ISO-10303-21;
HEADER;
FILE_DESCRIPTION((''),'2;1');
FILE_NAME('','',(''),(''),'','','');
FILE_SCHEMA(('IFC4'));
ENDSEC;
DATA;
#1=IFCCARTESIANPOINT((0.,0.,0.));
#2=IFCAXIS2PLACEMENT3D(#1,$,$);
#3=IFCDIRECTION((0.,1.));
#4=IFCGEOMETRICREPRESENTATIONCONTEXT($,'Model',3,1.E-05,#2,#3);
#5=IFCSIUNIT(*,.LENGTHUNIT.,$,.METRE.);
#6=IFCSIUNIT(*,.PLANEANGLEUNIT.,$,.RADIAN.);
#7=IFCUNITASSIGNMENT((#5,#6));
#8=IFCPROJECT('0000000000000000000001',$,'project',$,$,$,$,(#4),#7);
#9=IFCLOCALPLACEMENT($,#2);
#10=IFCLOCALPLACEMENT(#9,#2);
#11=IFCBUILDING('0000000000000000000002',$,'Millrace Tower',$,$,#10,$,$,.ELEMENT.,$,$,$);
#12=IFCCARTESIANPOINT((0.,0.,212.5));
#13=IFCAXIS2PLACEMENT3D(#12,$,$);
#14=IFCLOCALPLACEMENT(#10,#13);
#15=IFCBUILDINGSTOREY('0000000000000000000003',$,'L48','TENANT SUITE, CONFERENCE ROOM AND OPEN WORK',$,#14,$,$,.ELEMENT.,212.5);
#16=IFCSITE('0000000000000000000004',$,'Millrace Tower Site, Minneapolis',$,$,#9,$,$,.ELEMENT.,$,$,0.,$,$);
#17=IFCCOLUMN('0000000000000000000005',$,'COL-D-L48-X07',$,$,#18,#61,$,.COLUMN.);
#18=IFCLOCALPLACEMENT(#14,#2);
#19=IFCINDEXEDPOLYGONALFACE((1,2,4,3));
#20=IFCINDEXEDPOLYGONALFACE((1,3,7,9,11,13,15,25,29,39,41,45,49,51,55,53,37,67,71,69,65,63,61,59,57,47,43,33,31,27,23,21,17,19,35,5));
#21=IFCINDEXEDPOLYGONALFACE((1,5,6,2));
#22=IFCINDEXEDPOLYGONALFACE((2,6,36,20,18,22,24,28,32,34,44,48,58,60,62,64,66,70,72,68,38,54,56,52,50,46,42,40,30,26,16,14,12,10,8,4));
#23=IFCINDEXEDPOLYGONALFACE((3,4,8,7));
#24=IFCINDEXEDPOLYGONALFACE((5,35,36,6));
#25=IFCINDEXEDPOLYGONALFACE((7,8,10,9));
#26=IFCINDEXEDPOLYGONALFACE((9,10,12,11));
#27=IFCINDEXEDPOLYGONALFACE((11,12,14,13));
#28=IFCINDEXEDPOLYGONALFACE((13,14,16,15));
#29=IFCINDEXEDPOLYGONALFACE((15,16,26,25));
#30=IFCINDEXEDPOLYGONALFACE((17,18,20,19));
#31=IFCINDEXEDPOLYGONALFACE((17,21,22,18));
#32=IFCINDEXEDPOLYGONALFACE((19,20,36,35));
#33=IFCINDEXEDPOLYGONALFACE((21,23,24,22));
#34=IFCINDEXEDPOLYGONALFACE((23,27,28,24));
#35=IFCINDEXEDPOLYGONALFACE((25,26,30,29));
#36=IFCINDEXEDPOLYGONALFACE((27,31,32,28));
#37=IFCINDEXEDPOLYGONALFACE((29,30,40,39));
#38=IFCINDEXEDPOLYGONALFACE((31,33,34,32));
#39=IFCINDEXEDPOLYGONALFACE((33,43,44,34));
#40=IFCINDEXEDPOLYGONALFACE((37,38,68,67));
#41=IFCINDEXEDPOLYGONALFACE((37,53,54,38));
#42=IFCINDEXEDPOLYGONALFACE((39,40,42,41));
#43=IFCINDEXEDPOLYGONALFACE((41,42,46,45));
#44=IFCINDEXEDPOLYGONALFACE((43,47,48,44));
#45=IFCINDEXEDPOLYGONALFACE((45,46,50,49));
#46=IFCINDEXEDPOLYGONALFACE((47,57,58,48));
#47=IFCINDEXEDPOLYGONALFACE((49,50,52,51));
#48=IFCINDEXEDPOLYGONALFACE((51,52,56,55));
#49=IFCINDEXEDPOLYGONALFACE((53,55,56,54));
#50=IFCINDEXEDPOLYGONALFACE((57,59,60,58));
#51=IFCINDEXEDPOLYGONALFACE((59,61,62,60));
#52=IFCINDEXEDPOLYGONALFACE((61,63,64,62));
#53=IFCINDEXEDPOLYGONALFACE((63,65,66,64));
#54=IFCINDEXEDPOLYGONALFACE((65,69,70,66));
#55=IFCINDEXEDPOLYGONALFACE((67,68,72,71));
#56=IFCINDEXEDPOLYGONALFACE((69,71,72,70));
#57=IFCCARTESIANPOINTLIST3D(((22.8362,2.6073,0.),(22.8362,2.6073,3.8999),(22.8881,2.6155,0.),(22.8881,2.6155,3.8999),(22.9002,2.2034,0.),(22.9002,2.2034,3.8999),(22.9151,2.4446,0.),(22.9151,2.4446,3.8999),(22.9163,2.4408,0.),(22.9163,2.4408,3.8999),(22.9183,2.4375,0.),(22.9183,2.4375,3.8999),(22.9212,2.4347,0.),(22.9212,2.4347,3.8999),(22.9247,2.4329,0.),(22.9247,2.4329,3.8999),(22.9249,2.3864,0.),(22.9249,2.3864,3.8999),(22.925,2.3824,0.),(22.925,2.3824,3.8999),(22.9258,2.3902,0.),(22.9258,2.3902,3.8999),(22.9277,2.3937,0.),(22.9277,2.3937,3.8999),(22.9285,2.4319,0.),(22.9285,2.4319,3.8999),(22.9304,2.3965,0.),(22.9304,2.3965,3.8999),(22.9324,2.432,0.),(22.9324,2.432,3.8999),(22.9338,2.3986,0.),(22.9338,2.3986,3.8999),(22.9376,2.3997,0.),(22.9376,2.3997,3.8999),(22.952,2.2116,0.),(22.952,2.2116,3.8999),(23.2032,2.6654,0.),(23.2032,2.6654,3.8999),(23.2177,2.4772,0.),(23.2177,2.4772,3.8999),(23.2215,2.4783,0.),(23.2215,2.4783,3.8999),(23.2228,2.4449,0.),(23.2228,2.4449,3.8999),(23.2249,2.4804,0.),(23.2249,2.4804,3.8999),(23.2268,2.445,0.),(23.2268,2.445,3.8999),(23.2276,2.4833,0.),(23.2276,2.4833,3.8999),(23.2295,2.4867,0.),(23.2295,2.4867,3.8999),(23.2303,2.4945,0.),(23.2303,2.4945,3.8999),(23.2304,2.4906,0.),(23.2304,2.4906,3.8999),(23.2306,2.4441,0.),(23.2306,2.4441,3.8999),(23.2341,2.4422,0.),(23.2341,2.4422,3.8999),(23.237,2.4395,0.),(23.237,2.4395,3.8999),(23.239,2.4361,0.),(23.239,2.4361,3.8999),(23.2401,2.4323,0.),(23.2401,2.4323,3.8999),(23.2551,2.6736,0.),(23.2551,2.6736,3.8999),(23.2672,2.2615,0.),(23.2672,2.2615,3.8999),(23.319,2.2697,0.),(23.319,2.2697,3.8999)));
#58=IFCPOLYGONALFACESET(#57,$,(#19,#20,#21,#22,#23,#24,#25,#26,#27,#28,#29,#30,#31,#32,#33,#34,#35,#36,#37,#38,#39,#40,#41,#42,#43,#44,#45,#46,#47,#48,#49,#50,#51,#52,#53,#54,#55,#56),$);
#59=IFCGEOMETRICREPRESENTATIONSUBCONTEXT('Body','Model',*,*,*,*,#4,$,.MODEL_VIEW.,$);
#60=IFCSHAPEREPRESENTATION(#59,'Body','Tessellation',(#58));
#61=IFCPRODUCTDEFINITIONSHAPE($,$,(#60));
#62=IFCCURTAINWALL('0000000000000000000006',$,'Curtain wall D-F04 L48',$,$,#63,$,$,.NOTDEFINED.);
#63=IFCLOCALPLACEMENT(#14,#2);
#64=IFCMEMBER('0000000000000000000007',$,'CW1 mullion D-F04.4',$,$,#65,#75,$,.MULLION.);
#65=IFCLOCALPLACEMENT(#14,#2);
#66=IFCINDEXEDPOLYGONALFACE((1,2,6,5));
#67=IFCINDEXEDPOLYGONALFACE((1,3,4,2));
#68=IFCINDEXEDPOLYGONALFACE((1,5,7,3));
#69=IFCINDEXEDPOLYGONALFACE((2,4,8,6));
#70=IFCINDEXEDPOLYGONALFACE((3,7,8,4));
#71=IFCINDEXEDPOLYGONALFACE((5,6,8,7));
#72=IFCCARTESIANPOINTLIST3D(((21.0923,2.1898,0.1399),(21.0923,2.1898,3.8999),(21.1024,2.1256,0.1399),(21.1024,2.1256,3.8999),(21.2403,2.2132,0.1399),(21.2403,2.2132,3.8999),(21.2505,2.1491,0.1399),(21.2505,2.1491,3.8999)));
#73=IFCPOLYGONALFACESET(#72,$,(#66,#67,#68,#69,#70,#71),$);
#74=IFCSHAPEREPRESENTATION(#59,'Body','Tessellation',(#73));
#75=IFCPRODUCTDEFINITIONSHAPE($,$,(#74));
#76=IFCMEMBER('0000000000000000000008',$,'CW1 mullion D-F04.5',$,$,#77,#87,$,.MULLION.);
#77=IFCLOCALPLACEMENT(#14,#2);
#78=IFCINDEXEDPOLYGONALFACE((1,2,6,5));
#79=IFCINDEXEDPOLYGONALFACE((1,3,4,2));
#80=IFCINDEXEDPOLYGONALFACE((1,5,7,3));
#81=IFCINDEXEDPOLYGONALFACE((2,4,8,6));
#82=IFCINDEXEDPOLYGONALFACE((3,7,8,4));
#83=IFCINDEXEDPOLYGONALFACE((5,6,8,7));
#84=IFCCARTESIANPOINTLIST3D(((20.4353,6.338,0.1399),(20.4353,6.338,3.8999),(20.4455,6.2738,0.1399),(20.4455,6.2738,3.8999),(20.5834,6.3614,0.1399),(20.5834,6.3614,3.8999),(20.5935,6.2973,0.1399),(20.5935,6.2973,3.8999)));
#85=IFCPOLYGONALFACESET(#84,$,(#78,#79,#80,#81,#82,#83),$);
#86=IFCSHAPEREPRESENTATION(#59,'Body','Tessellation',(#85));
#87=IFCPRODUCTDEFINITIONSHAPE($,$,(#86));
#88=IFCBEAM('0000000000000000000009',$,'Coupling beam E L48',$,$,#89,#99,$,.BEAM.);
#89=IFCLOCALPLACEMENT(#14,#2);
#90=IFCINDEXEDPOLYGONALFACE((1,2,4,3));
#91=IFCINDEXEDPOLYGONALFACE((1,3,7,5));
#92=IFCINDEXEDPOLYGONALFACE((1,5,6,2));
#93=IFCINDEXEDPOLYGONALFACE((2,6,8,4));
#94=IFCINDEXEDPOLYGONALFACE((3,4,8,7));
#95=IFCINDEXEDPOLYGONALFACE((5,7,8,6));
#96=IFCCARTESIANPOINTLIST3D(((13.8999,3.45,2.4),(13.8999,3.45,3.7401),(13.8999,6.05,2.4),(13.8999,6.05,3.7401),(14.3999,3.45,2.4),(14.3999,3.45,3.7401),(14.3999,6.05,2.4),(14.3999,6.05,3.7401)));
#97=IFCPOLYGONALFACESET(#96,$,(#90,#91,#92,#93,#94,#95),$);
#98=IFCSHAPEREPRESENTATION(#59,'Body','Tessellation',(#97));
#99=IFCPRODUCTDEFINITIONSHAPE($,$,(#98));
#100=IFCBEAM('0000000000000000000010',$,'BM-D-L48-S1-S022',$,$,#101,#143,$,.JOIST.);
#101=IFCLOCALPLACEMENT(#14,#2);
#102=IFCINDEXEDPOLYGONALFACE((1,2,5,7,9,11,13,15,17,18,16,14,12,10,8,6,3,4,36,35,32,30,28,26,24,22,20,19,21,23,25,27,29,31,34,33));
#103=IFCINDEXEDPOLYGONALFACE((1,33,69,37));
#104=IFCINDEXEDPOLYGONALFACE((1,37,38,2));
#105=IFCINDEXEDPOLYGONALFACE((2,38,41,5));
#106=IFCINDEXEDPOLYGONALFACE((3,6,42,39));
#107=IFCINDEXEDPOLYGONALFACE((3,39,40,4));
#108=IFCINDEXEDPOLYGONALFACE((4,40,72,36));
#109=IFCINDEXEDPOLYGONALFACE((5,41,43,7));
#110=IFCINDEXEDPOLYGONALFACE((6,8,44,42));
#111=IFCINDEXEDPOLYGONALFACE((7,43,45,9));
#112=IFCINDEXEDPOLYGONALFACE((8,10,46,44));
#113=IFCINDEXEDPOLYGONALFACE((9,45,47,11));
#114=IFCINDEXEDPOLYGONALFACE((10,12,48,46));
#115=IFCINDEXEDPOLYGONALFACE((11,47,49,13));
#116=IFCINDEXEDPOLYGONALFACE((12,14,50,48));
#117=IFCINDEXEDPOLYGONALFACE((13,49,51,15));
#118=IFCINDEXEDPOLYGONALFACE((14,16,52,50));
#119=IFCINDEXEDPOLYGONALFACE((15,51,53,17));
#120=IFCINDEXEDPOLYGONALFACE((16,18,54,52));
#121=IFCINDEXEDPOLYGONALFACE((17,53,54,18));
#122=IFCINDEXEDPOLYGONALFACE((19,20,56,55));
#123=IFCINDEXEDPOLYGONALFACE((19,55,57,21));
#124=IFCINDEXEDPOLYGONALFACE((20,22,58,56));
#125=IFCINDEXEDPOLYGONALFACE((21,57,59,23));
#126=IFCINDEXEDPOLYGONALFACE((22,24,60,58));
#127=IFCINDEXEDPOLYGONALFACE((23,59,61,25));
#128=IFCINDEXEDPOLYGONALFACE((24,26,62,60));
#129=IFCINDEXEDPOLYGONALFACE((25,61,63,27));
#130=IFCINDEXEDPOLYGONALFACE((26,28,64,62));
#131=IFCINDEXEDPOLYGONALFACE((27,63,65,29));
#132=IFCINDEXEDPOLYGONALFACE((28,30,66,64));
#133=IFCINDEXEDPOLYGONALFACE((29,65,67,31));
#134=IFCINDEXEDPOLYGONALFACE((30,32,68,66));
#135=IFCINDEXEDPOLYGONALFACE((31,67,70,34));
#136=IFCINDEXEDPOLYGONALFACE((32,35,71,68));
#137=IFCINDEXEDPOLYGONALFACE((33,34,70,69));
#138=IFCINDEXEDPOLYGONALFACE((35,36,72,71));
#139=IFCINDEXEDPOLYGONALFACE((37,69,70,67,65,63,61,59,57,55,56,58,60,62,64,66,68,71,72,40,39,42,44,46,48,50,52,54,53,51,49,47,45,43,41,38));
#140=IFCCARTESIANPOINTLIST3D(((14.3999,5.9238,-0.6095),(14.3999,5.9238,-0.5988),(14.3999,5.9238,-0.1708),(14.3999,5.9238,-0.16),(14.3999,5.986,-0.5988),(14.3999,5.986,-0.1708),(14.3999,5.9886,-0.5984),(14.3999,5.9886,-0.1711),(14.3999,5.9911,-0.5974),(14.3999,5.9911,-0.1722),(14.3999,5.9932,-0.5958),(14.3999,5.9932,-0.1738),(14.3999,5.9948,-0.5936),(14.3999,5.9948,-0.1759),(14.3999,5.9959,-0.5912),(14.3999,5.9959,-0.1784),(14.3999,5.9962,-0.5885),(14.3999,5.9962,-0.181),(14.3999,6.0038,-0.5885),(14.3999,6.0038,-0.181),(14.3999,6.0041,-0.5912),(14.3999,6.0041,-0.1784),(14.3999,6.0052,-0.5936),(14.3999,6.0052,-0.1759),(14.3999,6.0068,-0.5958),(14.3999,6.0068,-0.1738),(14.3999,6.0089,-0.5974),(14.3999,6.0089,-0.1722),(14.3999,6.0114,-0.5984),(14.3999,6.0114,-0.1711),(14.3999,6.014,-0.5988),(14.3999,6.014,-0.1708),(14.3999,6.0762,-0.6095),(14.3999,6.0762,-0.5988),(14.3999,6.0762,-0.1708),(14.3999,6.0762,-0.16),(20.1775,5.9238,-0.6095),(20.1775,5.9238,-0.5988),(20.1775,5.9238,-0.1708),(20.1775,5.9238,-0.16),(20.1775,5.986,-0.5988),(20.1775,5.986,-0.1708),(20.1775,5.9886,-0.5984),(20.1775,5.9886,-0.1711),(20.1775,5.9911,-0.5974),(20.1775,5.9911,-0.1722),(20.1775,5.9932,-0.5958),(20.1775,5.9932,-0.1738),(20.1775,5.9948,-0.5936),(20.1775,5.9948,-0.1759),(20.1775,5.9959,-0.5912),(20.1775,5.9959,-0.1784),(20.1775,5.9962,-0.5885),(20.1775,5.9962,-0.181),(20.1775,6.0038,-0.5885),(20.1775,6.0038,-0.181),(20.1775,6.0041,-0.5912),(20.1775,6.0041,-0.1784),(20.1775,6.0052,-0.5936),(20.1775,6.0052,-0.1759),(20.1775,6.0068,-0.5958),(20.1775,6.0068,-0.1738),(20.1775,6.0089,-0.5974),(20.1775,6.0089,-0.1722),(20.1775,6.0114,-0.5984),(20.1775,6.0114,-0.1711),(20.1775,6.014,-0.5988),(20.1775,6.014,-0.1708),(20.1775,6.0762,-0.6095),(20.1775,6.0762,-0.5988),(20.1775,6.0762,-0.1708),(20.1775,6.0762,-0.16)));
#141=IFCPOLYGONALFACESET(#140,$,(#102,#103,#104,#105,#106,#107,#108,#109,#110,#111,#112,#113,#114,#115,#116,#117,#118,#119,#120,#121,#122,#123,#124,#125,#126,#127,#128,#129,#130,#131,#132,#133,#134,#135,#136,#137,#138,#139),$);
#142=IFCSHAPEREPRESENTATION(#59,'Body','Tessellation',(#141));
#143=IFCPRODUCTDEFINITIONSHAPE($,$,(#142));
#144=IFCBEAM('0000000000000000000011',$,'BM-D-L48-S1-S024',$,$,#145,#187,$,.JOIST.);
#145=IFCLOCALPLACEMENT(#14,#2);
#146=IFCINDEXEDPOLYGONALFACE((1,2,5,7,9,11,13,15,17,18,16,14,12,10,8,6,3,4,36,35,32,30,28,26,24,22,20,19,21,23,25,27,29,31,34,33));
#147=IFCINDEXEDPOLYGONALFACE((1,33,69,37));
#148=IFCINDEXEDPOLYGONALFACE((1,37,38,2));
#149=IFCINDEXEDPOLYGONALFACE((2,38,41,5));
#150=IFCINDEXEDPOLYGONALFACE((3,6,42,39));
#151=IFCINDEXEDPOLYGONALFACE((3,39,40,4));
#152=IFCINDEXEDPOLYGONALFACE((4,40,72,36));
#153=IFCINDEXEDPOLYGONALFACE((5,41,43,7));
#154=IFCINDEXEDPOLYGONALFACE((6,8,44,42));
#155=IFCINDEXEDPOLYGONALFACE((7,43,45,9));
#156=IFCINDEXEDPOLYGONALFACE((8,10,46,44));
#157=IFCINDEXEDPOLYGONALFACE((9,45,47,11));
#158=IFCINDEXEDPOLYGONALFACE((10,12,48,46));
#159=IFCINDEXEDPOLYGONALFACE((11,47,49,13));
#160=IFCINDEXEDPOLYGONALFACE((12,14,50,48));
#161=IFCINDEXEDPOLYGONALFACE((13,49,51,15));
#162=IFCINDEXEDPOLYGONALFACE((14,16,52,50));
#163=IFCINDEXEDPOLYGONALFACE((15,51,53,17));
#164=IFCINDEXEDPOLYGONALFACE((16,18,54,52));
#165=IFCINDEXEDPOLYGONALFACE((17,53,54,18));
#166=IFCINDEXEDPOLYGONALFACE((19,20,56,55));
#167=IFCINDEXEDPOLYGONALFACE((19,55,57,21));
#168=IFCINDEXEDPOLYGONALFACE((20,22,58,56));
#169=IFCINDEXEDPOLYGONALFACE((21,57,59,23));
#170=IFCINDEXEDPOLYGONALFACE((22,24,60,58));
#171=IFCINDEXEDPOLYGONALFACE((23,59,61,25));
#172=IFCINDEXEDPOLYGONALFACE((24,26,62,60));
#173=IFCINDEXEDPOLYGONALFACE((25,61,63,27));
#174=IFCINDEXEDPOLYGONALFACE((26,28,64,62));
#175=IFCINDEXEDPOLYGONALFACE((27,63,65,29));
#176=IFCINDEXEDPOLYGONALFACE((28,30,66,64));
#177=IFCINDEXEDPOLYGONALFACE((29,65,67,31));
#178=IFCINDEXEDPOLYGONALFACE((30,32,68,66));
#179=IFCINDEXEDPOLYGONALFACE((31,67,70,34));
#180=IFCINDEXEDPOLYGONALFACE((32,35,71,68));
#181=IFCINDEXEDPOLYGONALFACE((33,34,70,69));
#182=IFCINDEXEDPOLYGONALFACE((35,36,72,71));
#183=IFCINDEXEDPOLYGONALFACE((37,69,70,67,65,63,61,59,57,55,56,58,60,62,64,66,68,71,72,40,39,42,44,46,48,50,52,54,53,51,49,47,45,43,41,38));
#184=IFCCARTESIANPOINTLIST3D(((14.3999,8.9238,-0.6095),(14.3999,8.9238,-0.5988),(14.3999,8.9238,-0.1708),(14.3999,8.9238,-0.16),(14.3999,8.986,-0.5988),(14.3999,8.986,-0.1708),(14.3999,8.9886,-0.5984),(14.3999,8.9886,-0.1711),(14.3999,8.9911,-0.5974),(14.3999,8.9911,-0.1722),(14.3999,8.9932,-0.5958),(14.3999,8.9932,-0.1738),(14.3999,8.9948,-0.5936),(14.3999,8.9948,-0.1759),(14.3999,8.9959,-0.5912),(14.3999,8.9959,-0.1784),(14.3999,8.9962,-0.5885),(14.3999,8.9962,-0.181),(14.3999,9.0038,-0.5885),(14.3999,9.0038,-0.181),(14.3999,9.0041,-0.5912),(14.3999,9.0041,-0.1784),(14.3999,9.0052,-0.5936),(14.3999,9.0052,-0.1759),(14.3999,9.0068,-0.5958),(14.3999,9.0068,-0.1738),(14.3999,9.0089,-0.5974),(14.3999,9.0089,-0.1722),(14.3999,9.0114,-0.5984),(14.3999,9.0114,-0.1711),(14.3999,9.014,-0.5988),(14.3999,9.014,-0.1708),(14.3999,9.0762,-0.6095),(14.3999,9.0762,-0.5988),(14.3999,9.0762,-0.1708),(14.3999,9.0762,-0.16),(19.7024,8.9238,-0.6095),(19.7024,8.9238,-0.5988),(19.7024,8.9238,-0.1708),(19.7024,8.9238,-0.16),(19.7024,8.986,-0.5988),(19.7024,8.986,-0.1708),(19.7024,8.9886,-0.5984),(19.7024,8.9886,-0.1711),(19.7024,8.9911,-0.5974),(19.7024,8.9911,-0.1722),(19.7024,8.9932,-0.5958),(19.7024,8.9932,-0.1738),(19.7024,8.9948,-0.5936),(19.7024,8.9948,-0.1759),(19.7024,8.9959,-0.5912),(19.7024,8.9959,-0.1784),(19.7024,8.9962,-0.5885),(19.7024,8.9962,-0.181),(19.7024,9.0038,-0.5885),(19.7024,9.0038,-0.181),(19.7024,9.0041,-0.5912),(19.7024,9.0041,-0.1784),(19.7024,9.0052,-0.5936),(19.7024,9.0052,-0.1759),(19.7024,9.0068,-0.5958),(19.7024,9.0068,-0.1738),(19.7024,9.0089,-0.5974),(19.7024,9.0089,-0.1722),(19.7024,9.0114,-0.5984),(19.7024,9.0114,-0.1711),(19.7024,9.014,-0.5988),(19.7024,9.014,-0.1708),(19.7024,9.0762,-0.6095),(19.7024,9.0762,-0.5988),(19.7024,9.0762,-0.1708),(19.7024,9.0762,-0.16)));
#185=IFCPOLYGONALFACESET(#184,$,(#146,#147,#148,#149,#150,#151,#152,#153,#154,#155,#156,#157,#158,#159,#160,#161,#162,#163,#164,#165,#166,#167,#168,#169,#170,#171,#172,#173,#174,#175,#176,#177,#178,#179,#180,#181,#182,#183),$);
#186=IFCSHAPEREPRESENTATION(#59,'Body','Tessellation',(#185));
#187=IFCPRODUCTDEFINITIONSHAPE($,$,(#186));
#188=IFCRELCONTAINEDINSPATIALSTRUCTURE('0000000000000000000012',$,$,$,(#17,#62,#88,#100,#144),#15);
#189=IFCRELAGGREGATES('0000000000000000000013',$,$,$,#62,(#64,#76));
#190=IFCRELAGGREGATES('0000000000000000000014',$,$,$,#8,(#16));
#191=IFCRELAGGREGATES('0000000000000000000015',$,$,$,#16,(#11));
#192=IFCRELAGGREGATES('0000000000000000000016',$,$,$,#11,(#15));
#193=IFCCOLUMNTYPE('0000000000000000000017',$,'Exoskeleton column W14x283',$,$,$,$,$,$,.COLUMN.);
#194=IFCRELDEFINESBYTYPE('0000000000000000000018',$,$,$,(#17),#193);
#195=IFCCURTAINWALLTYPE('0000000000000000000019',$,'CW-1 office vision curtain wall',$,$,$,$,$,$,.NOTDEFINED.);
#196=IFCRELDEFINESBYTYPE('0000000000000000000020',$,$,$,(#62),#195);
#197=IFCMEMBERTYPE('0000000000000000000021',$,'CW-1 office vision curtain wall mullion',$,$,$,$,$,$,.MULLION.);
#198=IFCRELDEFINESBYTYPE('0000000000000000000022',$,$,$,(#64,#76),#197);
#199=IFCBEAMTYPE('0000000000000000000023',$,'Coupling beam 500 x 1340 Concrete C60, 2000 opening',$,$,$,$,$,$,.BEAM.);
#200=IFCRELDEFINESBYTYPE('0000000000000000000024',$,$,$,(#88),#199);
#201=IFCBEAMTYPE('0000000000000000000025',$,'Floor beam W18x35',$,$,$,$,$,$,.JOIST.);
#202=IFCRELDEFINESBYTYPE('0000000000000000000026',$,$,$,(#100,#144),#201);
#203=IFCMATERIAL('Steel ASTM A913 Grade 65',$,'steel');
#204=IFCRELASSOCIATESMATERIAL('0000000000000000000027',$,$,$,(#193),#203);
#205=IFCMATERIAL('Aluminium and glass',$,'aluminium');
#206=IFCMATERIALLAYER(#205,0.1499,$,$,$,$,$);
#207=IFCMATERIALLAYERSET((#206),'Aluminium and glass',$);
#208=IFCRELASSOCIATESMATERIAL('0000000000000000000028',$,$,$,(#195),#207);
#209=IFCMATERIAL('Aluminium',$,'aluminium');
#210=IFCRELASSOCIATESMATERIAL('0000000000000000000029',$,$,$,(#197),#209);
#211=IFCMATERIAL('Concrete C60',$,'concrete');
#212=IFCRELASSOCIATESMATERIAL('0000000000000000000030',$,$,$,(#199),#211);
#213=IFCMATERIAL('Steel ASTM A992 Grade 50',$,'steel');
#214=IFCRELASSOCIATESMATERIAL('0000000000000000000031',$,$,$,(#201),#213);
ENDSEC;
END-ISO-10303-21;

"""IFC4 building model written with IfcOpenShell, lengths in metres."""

from ifc_helpers import new_model, si_unit, direction, frame, origin, origin_2d, place, context, subcontext, project, spatial, rectangle, i_section, extrude, material, layer, layer_set, material_profile, profile_set, type_object, element, aggregate, save


model = new_model("IFC4")

# Units and contexts
model_context = context("Model", 3, precision=1e-05, world=origin(), true_north=direction((0.0, 1.0)))
body_context = subcontext(model_context, "Body", "Model", "MODEL_VIEW")
ifc_project = project(units=[si_unit("LENGTHUNIT", "METRE"), si_unit("PLANEANGLEUNIT", "RADIAN")], contexts=[model_context])

# Site, building, storey
site_placement = place(None, origin())
site = spatial("IfcSite", under=ifc_project, at=site_placement, Name="Millrace Tower Site, Minneapolis", CompositionType="ELEMENT", RefElevation=0.0)
building_placement = place(site_placement, origin())
building = spatial("IfcBuilding", under=site, at=building_placement, Name="Millrace Tower", CompositionType="ELEMENT")
storey_placement = place(building_placement, frame((0.0, 0.0, 212.5)))
storey = spatial("IfcBuildingStorey", under=building, at=storey_placement, Name="L48", Description="TENANT SUITE, CONFERENCE ROOM AND OPEN WORK", CompositionType="ELEMENT", Elevation=212.5)

# Column
ifc_material_1 = material(Name="Steel ASTM A913 Grade 65", Category="steel")
ifc_material_profile_1 = material_profile(ifc_material_1, i_section(OverallWidth=0.4089, OverallDepth=0.4241, WebThickness=0.0327, FlangeThickness=0.0525, FilletRadius=0.0151, at=origin_2d()))
ifc_profile_set_1 = profile_set([ifc_material_profile_1], Name="Steel ASTM A913 Grade 65")
column_type = type_object("IfcColumnType", Name="Exoskeleton column W14x283", PredefinedType="COLUMN", material=ifc_profile_set_1)
column_placement = place(storey_placement, frame((23.0776, 2.4385, 0.0), z_axis=(0.0, 0.0, 1.0), x_axis=(-0.156434, 0.987688, 0.0)))
element("IfcColumn", 1, at=column_placement, inside=storey, type_object=column_type, Name="COL-D-L48-X07", PredefinedType="COLUMN", context=body_context, shape_type="SweptSolid", body=[
    extrude(i_section(OverallWidth=0.4089, OverallDepth=0.4241, WebThickness=0.0327, FlangeThickness=0.0525, FilletRadius=0.0151, at=origin_2d()), origin(), (0.0, 0.0, 1.0), 3.8999),
])

# Curtain wall, members
ifc_material_2 = material(Name="Aluminium and glass", Category="aluminium")
ifc_layer_1 = layer(ifc_material_2, 0.1499)
ifc_layer_set_1 = layer_set([ifc_layer_1], Name="Aluminium and glass")
curtain_wall_type = type_object("IfcCurtainWallType", Name="CW-1 office vision curtain wall", PredefinedType="NOTDEFINED", material=ifc_layer_set_1)
curtain_wall_placement = place(storey_placement, origin())
curtain_wall = element("IfcCurtainWall", 2, at=curtain_wall_placement, inside=storey, type_object=curtain_wall_type, Name="Curtain wall D-F04 L48", PredefinedType="NOTDEFINED")
ifc_material_3 = material(Name="Aluminium", Category="aluminium")
ifc_material_profile_2 = material_profile(ifc_material_3, rectangle(XDim=0.0649, YDim=0.1499, at=origin_2d()))
ifc_profile_set_2 = profile_set([ifc_material_profile_2], Name="Aluminium")
member_type = type_object("IfcMemberType", Name="CW-1 office vision curtain wall mullion", PredefinedType="MULLION", material=ifc_profile_set_2)
member_1_placement = place(storey_placement, frame((21.1714, 2.1694, 0.1399), z_axis=(0.0, 0.0, 1.0), x_axis=(-0.156434, 0.987688, 0.0)))
member_1 = element("IfcMember", 3, at=member_1_placement, type_object=member_type, Name="CW1 mullion D-F04.4", PredefinedType="MULLION", context=body_context, shape_type="SweptSolid", body=[
    extrude(rectangle(XDim=0.0649, YDim=0.1499, at=origin_2d()), origin(), (0.0, 0.0, 1.0), 3.76),
])
member_2_placement = place(storey_placement, frame((20.5144, 6.3176, 0.1399), z_axis=(0.0, 0.0, 1.0), x_axis=(-0.156434, 0.987688, 0.0)))
member_2 = element("IfcMember", 4, at=member_2_placement, type_object=member_type, Name="CW1 mullion D-F04.5", PredefinedType="MULLION", context=body_context, shape_type="SweptSolid", body=[
    extrude(rectangle(XDim=0.0649, YDim=0.1499, at=origin_2d()), origin(), (0.0, 0.0, 1.0), 3.76),
])
aggregate(curtain_wall, [member_1, member_2])

# Beams
ifc_material_4 = material(Name="Concrete C60", Category="concrete")
ifc_material_profile_3 = material_profile(ifc_material_4, rectangle(XDim=0.5, YDim=1.3401, at=origin_2d()))
ifc_profile_set_3 = profile_set([ifc_material_profile_3], Name="Concrete C60")
beam_type_1 = type_object("IfcBeamType", Name="Coupling beam 500 x 1340 Concrete C60, 2000 opening", PredefinedType="BEAM", material=ifc_profile_set_3)
beam_1_placement = place(storey_placement, frame((14.1499, 6.05, 3.0701), z_axis=(0.0, -1.0, 0.0), x_axis=(1.0, 0.0, 0.0)))
element("IfcBeam", 5, at=beam_1_placement, inside=storey, type_object=beam_type_1, Name="Coupling beam E L48", PredefinedType="BEAM", context=body_context, shape_type="SweptSolid", body=[
    extrude(rectangle(XDim=0.5, YDim=1.3401, at=origin_2d()), origin(), (0.0, 0.0, 1.0), 2.6001),
])
ifc_material_5 = material(Name="Steel ASTM A992 Grade 50", Category="steel")
ifc_material_profile_4 = material_profile(ifc_material_5, i_section(OverallWidth=0.1523, OverallDepth=0.4495, WebThickness=0.0076, FlangeThickness=0.0107, FilletRadius=0.0103, at=origin_2d()))
ifc_profile_set_4 = profile_set([ifc_material_profile_4], Name="Steel ASTM A992 Grade 50")
beam_type_2 = type_object("IfcBeamType", Name="Floor beam W18x35", PredefinedType="JOIST", material=ifc_profile_set_4)
beam_2_placement = place(storey_placement, frame((14.3999, 6.0, -0.3848), z_axis=(1.0, 0.0, 0.0), x_axis=(0.0, 1.0, 0.0)))
element("IfcBeam", 6, at=beam_2_placement, inside=storey, type_object=beam_type_2, Name="BM-D-L48-S1-S022", PredefinedType="JOIST", context=body_context, shape_type="SweptSolid", body=[
    extrude(i_section(OverallWidth=0.1523, OverallDepth=0.4495, WebThickness=0.0076, FlangeThickness=0.0107, FilletRadius=0.0103, at=origin_2d()), origin(), (0.0, 0.0, 1.0), 5.7776),
])
beam_3_placement = place(storey_placement, frame((14.3999, 9.0, -0.3848), z_axis=(1.0, 0.0, 0.0), x_axis=(0.0, 1.0, 0.0)))
element("IfcBeam", 7, at=beam_3_placement, inside=storey, type_object=beam_type_2, Name="BM-D-L48-S1-S024", PredefinedType="JOIST", context=body_context, shape_type="SweptSolid", body=[
    extrude(i_section(OverallWidth=0.1523, OverallDepth=0.4495, WebThickness=0.0076, FlangeThickness=0.0107, FilletRadius=0.0103, at=origin_2d()), origin(), (0.0, 0.0, 1.0), 5.3025),
])

save(model, "model.ifc")
